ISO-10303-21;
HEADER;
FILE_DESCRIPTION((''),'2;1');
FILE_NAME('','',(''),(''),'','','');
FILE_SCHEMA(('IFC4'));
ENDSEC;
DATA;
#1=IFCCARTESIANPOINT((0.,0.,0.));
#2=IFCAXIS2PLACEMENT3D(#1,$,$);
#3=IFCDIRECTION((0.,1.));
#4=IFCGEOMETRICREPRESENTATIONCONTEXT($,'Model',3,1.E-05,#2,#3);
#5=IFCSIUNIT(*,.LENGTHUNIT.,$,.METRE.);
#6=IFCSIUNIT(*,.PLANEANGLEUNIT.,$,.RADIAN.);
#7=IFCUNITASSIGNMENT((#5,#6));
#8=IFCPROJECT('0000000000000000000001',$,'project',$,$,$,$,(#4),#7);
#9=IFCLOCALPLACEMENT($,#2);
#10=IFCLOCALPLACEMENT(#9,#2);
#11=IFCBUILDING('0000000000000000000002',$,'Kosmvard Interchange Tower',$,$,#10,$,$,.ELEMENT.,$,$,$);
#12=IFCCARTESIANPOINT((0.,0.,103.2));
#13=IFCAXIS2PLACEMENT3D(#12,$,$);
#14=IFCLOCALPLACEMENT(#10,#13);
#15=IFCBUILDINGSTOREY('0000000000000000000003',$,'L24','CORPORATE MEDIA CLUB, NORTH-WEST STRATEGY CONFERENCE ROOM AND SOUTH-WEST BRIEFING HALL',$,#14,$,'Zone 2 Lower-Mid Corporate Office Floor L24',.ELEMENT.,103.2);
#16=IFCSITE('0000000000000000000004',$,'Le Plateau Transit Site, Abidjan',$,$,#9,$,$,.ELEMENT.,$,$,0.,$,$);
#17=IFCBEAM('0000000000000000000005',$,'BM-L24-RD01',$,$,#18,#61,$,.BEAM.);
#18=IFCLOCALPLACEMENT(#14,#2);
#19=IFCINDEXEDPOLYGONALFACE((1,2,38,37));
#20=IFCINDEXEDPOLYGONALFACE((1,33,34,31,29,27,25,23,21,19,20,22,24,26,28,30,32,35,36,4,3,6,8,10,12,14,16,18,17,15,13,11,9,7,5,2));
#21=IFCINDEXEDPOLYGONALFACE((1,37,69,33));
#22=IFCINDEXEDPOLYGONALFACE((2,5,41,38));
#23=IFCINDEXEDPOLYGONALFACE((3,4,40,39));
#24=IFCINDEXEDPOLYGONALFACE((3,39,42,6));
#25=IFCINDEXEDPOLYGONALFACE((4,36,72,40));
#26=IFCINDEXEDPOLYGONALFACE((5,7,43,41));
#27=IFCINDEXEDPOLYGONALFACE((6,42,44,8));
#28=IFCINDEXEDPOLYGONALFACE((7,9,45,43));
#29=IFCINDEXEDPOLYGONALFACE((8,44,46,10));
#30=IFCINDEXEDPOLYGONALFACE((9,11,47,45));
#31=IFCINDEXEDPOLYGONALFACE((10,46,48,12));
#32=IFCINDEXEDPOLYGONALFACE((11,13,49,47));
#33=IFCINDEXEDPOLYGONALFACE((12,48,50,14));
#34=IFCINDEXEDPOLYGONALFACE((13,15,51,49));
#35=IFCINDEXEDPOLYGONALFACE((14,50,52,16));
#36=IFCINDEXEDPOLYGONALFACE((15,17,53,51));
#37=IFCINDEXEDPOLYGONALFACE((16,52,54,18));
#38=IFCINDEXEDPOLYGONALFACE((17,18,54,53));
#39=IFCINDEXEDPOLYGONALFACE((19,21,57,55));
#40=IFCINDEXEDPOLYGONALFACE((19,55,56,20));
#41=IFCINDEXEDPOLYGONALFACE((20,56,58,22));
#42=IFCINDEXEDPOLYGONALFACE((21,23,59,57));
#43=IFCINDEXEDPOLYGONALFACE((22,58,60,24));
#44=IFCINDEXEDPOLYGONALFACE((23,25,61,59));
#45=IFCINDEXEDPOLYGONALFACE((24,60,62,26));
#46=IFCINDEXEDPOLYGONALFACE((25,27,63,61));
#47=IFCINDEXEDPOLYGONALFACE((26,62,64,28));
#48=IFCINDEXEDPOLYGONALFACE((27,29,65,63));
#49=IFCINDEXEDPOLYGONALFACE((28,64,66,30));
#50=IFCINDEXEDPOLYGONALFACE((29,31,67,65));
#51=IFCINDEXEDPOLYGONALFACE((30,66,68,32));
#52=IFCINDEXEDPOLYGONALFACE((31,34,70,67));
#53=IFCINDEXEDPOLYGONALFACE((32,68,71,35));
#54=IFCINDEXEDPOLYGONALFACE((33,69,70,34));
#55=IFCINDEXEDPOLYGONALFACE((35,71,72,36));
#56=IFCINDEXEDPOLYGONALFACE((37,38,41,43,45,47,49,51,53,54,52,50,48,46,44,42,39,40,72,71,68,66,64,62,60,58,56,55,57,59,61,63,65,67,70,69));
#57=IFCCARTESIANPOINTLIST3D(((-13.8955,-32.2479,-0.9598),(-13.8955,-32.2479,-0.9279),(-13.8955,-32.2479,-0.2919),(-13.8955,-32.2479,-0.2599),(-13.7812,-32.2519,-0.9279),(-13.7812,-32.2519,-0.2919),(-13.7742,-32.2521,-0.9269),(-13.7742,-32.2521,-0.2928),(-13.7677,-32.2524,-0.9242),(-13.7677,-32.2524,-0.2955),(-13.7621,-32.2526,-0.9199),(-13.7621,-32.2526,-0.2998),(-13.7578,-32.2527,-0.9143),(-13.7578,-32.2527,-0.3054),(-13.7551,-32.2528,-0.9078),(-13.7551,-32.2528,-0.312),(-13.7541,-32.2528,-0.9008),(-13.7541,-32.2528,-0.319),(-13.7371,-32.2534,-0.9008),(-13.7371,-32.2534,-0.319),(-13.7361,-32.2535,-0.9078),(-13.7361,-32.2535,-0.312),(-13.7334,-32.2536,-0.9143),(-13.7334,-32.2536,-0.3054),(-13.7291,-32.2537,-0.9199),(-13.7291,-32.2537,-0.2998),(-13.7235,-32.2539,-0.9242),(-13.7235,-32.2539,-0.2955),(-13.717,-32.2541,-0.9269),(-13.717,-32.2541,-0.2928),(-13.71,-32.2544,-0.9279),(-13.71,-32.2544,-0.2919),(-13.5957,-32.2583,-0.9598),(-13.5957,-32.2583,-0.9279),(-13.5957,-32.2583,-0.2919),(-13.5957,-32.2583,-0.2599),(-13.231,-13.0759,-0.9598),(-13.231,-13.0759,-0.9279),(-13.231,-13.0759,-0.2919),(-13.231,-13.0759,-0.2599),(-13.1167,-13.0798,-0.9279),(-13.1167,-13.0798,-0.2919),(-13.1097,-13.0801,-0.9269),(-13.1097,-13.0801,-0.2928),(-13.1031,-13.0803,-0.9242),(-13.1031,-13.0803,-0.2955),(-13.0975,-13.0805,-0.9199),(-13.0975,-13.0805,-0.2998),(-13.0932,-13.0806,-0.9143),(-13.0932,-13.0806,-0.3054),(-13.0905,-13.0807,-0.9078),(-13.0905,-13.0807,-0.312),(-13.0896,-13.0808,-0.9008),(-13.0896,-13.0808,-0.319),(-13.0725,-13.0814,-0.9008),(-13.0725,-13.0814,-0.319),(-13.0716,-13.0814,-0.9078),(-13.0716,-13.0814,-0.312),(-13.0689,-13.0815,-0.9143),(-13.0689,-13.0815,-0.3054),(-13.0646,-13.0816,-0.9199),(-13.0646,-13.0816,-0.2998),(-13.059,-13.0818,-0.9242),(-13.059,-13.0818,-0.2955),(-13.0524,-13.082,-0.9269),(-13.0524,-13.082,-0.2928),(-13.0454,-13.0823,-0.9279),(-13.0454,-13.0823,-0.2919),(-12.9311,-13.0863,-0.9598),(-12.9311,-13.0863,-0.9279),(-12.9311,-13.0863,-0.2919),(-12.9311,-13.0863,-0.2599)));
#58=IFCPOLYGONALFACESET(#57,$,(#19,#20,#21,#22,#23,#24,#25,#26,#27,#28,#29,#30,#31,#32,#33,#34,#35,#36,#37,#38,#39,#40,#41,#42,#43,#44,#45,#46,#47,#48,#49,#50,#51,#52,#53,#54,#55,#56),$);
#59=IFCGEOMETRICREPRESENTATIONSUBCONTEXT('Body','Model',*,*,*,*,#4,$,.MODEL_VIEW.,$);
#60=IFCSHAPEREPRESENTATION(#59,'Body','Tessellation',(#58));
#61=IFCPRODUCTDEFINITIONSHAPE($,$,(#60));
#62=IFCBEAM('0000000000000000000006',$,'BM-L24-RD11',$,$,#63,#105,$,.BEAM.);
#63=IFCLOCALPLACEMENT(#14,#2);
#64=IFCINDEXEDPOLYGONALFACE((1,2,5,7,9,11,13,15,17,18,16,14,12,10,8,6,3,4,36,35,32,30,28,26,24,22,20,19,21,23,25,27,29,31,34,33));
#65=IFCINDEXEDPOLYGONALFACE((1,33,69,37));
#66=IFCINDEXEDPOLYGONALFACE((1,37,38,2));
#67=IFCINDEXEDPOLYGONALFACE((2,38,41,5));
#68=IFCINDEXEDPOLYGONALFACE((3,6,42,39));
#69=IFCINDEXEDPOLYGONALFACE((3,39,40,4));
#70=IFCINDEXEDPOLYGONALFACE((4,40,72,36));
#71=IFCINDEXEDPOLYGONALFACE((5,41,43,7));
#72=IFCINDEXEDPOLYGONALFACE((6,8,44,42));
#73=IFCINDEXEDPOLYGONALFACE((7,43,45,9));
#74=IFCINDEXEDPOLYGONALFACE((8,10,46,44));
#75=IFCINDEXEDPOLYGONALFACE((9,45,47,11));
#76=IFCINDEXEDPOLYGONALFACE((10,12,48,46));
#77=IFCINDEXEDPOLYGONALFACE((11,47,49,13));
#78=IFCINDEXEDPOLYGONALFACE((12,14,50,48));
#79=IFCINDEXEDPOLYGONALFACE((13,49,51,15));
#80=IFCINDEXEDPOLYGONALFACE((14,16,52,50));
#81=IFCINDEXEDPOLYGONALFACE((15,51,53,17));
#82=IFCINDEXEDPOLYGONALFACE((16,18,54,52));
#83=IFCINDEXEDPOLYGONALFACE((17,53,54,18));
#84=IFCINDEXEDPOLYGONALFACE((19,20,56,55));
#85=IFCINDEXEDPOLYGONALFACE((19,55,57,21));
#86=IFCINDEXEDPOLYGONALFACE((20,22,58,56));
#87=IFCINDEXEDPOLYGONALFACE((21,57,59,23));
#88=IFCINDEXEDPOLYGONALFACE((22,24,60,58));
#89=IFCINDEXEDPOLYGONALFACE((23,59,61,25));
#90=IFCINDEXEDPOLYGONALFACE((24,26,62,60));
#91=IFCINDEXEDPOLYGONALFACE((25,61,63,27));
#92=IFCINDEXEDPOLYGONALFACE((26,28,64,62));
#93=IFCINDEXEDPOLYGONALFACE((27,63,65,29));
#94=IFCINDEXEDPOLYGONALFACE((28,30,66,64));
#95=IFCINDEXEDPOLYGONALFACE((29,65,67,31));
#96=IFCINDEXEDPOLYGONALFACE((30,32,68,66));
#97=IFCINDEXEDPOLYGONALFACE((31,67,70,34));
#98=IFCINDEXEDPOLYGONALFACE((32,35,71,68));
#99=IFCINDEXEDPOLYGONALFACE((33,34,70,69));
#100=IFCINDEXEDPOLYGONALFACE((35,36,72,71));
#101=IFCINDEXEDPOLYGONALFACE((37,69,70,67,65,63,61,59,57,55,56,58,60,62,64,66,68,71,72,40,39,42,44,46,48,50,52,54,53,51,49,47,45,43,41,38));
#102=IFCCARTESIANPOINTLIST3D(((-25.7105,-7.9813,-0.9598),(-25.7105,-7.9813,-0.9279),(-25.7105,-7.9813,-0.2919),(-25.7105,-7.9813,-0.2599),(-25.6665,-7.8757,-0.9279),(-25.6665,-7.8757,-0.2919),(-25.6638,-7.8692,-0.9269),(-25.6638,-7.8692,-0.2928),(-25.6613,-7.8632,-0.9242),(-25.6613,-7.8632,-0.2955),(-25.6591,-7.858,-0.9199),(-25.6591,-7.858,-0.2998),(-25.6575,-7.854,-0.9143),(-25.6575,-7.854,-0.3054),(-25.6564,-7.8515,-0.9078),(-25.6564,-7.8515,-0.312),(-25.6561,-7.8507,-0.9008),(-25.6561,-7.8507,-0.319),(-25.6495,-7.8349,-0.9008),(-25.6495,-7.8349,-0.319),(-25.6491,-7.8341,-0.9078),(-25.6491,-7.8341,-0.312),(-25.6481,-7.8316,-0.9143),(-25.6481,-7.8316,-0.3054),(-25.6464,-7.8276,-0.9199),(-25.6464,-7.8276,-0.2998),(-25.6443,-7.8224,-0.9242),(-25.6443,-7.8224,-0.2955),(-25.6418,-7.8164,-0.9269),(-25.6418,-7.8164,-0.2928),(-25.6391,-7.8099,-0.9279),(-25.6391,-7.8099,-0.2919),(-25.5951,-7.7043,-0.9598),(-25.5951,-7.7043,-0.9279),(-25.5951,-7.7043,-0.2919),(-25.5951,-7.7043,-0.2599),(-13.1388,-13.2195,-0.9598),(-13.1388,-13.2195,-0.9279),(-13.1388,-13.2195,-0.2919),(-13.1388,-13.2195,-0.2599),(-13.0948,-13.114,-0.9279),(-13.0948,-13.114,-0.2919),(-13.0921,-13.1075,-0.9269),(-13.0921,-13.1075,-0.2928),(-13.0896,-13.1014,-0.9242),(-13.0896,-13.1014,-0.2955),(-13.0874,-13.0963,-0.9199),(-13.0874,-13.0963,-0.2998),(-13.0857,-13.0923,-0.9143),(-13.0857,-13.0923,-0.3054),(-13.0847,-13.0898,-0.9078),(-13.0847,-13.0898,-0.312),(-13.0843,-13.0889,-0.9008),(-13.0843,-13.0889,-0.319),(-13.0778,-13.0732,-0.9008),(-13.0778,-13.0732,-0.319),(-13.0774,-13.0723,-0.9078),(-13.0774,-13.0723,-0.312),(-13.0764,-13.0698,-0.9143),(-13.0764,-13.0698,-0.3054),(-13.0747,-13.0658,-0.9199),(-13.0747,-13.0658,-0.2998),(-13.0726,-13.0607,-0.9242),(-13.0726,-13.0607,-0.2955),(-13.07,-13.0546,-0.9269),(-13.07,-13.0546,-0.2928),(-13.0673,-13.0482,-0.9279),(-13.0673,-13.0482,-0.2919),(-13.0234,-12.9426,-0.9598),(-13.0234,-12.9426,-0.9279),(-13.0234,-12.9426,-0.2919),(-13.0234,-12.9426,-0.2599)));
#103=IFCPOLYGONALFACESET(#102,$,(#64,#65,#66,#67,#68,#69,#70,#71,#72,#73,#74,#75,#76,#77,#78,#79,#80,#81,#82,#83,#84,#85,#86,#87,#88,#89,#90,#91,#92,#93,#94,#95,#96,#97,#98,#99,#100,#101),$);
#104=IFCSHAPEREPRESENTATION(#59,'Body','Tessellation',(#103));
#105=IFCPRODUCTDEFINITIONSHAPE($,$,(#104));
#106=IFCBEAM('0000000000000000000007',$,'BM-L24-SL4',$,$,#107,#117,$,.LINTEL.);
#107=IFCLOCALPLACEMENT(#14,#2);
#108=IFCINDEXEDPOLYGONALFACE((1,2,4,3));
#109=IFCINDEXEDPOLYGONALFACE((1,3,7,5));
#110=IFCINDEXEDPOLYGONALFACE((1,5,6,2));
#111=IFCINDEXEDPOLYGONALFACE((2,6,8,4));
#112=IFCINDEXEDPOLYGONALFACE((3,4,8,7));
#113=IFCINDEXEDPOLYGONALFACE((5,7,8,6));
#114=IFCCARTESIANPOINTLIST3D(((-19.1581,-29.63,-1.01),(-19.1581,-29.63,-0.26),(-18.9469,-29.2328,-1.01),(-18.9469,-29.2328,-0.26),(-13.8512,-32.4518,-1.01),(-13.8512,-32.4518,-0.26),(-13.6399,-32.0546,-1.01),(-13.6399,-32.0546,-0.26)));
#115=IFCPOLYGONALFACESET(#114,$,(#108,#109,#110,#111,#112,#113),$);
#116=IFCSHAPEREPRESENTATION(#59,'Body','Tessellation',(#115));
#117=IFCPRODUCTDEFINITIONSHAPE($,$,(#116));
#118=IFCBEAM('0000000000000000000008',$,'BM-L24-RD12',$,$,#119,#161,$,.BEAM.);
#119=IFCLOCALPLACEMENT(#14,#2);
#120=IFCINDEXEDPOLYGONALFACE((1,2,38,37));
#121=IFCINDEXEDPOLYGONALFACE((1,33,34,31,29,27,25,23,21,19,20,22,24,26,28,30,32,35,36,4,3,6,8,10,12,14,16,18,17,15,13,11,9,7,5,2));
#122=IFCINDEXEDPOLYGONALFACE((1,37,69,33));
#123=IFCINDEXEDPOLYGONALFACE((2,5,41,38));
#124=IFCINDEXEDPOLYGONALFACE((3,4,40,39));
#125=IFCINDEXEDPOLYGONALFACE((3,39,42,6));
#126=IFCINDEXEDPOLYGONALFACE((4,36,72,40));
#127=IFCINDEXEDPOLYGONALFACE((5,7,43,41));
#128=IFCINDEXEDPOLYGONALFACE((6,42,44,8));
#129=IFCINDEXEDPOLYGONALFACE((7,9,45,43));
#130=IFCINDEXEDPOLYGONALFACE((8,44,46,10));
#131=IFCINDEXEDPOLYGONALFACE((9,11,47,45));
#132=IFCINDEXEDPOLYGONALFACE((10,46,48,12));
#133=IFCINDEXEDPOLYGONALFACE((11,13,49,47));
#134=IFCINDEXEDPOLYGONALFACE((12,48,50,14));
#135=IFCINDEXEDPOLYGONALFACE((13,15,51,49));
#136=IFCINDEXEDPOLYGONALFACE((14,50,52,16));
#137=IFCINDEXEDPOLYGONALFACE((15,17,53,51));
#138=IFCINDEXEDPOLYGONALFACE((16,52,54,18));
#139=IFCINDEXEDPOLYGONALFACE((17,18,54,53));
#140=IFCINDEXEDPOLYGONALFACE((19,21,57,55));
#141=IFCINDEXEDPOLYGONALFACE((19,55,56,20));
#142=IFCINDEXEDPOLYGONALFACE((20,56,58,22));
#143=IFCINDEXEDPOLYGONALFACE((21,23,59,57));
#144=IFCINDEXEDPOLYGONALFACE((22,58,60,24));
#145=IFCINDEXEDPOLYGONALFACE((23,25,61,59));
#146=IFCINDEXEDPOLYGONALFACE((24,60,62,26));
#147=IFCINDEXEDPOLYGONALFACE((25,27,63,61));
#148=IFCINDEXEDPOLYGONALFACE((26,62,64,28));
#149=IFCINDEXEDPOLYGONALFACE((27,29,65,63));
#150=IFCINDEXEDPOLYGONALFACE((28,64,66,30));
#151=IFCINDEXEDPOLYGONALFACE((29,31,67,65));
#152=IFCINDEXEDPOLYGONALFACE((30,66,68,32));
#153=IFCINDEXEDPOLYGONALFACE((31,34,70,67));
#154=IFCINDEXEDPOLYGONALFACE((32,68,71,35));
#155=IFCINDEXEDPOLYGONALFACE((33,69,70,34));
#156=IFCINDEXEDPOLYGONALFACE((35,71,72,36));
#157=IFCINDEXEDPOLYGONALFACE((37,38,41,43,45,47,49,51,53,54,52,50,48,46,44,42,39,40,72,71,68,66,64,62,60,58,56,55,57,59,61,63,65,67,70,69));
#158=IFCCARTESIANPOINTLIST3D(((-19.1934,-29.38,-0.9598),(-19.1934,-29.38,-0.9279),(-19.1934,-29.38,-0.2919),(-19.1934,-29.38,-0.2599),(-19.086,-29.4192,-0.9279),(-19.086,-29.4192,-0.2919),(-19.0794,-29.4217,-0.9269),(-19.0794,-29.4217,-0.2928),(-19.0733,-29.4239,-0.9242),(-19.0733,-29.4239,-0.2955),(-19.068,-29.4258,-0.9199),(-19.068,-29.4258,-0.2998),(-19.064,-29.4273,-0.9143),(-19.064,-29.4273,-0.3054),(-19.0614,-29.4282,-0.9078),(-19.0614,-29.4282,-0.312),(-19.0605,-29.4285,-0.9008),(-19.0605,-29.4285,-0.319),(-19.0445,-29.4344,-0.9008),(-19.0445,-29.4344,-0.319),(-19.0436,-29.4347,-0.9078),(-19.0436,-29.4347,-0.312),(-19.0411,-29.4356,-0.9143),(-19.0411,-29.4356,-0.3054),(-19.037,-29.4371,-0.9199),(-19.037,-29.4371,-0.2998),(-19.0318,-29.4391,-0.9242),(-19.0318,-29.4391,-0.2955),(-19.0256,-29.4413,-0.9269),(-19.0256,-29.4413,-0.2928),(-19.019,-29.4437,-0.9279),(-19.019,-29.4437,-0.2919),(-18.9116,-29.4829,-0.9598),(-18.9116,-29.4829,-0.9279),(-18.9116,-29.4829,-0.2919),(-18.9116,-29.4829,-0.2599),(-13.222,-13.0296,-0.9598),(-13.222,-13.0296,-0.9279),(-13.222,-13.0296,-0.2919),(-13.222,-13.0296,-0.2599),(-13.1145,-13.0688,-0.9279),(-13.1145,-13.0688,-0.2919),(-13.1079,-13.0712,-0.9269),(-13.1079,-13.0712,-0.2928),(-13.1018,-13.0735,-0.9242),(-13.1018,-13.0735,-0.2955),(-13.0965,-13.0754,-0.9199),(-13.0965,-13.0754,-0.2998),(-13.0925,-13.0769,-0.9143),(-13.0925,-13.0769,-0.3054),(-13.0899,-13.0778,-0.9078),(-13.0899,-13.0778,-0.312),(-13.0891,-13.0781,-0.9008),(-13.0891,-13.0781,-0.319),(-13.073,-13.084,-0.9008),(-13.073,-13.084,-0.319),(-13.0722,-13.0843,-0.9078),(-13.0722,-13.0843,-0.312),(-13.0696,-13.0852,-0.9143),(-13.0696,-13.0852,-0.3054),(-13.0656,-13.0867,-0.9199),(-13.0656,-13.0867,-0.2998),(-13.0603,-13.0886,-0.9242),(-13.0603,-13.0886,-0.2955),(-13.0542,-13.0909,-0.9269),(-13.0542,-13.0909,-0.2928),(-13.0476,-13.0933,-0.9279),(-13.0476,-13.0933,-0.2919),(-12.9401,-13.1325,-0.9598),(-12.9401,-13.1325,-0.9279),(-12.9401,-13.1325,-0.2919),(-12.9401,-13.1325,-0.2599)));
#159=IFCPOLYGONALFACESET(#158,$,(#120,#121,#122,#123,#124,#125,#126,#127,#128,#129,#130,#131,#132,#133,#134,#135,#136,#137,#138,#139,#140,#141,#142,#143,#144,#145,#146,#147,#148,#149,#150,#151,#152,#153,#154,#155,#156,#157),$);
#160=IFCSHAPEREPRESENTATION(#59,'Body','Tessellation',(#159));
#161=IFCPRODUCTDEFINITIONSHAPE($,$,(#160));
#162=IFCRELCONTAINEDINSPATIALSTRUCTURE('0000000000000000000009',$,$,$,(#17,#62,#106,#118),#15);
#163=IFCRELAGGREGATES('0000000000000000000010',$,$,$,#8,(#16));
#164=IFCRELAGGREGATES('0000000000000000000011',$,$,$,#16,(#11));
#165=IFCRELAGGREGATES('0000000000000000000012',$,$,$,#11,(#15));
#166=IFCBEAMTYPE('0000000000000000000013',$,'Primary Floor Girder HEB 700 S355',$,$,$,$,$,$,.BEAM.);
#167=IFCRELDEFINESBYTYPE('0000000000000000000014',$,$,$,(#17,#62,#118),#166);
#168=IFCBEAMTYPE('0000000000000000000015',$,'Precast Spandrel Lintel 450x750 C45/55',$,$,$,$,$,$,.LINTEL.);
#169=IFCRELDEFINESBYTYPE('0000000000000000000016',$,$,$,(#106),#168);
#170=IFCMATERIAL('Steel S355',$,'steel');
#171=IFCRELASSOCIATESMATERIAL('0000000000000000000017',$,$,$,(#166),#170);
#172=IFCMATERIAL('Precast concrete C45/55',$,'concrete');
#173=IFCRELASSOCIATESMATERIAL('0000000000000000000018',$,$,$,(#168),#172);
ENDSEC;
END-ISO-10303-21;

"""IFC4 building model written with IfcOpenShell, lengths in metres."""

from ifc_helpers import new_model, si_unit, direction, frame, origin, origin_2d, place, context, subcontext, project, spatial, rectangle, i_section, extrude, source, transform, mapped, material, material_profile, profile_set, type_object, element, save


model = new_model("IFC4")

# Units and contexts
model_context = context("Model", 3, precision=1e-05, world=origin(), true_north=direction((0.0, 1.0)))
body_context = subcontext(model_context, "Body", "Model", "MODEL_VIEW")
ifc_project = project(units=[si_unit("LENGTHUNIT", "METRE"), si_unit("PLANEANGLEUNIT", "RADIAN")], contexts=[model_context])

# Site, building, storey
site_placement = place(None, origin())
site = spatial("IfcSite", under=ifc_project, at=site_placement, Name="Le Plateau Transit Site, Abidjan", CompositionType="ELEMENT", RefElevation=0.0)
building_placement = place(site_placement, origin())
building = spatial("IfcBuilding", under=site, at=building_placement, Name="Kosmvard Interchange Tower", CompositionType="ELEMENT")
storey_placement = place(building_placement, frame((0.0, 0.0, 103.2)))
storey = spatial("IfcBuildingStorey", under=building, at=storey_placement, Name="L24", Description="CORPORATE MEDIA CLUB, NORTH-WEST STRATEGY CONFERENCE ROOM AND SOUTH-WEST BRIEFING HALL", LongName="Zone 2 Lower-Mid Corporate Office Floor L24", CompositionType="ELEMENT", Elevation=103.2)

# Beams
ifc_material_1 = material(Name="Steel S355", Category="steel")
ifc_material_profile_1 = material_profile(ifc_material_1, i_section(OverallWidth=0.3, OverallDepth=0.7, WebThickness=0.0171, FlangeThickness=0.032, FilletRadius=0.0271, at=origin_2d()), Name="HEB 700")
ifc_profile_set_1 = profile_set([ifc_material_profile_1], Name="Steel S355")
beam_type_1 = type_object("IfcBeamType", Name="Primary Floor Girder HEB 700 S355", PredefinedType="BEAM", material=ifc_profile_set_1)
shared_shape_1 = source(origin(), body_context, "Body", "SweptSolid", [
    extrude(i_section(OverallWidth=0.3, OverallDepth=0.7, WebThickness=0.0171, FlangeThickness=0.032, FilletRadius=0.0271, at=origin_2d()), origin(), (0.0, 0.0, 1.0), 19.1836),
])
beam_1_placement = place(storey_placement, frame((-13.0811, -13.0811, -0.6099), z_axis=(-0.034642, -0.9994, 0.0), x_axis=(0.9994, -0.034642, 0.0)))
element("IfcBeam", 1, at=beam_1_placement, inside=storey, type_object=beam_type_1, Name="BM-L24-RD01", PredefinedType="BEAM", context=body_context, shape_type="MappedRepresentation", body=[
    mapped(shared_shape_1, transform((0.0, 0.0, 0.0), scale=1.0)),
])
shared_shape_2 = source(origin(), body_context, "Body", "SweptSolid", [
    extrude(i_section(OverallWidth=0.3, OverallDepth=0.7, WebThickness=0.0171, FlangeThickness=0.032, FilletRadius=0.0271, at=origin_2d()), origin(), (0.0, 0.0, 1.0), 13.6194),
])
beam_2_placement = place(storey_placement, frame((-13.0811, -13.0811, -0.6099), z_axis=(-0.923076, 0.384618, 0.0), x_axis=(-0.384618, -0.923076, 0.0)))
element("IfcBeam", 2, at=beam_2_placement, inside=storey, type_object=beam_type_1, Name="BM-L24-RD11", PredefinedType="BEAM", context=body_context, shape_type="MappedRepresentation", body=[
    mapped(shared_shape_2, transform((0.0, 0.0, 0.0), scale=1.0)),
])
ifc_material_2 = material(Name="Precast concrete C45/55", Category="concrete")
ifc_material_profile_2 = material_profile(ifc_material_2, rectangle(XDim=0.45, YDim=0.75, at=origin_2d()), Name="SL 450x750")
ifc_profile_set_2 = profile_set([ifc_material_profile_2], Name="Precast concrete C45/55")
beam_type_2 = type_object("IfcBeamType", Name="Precast Spandrel Lintel 450x750 C45/55", PredefinedType="LINTEL", material=ifc_profile_set_2)
shared_shape_3 = source(origin(), body_context, "Body", "SweptSolid", [
    extrude(rectangle(XDim=0.45, YDim=0.75, at=origin_2d()), origin(), (0.0, 0.0, 1.0), 6.0105),
])
beam_3_placement = place(storey_placement, frame((-19.0525, -29.4314, -0.635), z_axis=(0.882944, -0.469479, 0.0), x_axis=(0.469479, 0.882944, 0.0)))
element("IfcBeam", 3, at=beam_3_placement, inside=storey, type_object=beam_type_2, Name="BM-L24-SL4", PredefinedType="LINTEL", context=body_context, shape_type="MappedRepresentation", body=[
    mapped(shared_shape_3, transform((0.0, 0.0, 0.0), scale=1.0)),
])
shared_shape_4 = source(origin(), body_context, "Body", "SweptSolid", [
    extrude(i_section(OverallWidth=0.3, OverallDepth=0.7, WebThickness=0.0171, FlangeThickness=0.032, FilletRadius=0.0271, at=origin_2d()), origin(), (0.0, 0.0, 1.0), 17.4067),
])
beam_4_placement = place(storey_placement, frame((-13.0811, -13.0811, -0.6099), z_axis=(-0.343055, -0.939315, 0.0), x_axis=(0.939315, -0.343055, 0.0)))
element("IfcBeam", 4, at=beam_4_placement, inside=storey, type_object=beam_type_1, Name="BM-L24-RD12", PredefinedType="BEAM", context=body_context, shape_type="MappedRepresentation", body=[
    mapped(shared_shape_4, transform((0.0, 0.0, 0.0), scale=1.0)),
])

save(model, "model.ifc")
